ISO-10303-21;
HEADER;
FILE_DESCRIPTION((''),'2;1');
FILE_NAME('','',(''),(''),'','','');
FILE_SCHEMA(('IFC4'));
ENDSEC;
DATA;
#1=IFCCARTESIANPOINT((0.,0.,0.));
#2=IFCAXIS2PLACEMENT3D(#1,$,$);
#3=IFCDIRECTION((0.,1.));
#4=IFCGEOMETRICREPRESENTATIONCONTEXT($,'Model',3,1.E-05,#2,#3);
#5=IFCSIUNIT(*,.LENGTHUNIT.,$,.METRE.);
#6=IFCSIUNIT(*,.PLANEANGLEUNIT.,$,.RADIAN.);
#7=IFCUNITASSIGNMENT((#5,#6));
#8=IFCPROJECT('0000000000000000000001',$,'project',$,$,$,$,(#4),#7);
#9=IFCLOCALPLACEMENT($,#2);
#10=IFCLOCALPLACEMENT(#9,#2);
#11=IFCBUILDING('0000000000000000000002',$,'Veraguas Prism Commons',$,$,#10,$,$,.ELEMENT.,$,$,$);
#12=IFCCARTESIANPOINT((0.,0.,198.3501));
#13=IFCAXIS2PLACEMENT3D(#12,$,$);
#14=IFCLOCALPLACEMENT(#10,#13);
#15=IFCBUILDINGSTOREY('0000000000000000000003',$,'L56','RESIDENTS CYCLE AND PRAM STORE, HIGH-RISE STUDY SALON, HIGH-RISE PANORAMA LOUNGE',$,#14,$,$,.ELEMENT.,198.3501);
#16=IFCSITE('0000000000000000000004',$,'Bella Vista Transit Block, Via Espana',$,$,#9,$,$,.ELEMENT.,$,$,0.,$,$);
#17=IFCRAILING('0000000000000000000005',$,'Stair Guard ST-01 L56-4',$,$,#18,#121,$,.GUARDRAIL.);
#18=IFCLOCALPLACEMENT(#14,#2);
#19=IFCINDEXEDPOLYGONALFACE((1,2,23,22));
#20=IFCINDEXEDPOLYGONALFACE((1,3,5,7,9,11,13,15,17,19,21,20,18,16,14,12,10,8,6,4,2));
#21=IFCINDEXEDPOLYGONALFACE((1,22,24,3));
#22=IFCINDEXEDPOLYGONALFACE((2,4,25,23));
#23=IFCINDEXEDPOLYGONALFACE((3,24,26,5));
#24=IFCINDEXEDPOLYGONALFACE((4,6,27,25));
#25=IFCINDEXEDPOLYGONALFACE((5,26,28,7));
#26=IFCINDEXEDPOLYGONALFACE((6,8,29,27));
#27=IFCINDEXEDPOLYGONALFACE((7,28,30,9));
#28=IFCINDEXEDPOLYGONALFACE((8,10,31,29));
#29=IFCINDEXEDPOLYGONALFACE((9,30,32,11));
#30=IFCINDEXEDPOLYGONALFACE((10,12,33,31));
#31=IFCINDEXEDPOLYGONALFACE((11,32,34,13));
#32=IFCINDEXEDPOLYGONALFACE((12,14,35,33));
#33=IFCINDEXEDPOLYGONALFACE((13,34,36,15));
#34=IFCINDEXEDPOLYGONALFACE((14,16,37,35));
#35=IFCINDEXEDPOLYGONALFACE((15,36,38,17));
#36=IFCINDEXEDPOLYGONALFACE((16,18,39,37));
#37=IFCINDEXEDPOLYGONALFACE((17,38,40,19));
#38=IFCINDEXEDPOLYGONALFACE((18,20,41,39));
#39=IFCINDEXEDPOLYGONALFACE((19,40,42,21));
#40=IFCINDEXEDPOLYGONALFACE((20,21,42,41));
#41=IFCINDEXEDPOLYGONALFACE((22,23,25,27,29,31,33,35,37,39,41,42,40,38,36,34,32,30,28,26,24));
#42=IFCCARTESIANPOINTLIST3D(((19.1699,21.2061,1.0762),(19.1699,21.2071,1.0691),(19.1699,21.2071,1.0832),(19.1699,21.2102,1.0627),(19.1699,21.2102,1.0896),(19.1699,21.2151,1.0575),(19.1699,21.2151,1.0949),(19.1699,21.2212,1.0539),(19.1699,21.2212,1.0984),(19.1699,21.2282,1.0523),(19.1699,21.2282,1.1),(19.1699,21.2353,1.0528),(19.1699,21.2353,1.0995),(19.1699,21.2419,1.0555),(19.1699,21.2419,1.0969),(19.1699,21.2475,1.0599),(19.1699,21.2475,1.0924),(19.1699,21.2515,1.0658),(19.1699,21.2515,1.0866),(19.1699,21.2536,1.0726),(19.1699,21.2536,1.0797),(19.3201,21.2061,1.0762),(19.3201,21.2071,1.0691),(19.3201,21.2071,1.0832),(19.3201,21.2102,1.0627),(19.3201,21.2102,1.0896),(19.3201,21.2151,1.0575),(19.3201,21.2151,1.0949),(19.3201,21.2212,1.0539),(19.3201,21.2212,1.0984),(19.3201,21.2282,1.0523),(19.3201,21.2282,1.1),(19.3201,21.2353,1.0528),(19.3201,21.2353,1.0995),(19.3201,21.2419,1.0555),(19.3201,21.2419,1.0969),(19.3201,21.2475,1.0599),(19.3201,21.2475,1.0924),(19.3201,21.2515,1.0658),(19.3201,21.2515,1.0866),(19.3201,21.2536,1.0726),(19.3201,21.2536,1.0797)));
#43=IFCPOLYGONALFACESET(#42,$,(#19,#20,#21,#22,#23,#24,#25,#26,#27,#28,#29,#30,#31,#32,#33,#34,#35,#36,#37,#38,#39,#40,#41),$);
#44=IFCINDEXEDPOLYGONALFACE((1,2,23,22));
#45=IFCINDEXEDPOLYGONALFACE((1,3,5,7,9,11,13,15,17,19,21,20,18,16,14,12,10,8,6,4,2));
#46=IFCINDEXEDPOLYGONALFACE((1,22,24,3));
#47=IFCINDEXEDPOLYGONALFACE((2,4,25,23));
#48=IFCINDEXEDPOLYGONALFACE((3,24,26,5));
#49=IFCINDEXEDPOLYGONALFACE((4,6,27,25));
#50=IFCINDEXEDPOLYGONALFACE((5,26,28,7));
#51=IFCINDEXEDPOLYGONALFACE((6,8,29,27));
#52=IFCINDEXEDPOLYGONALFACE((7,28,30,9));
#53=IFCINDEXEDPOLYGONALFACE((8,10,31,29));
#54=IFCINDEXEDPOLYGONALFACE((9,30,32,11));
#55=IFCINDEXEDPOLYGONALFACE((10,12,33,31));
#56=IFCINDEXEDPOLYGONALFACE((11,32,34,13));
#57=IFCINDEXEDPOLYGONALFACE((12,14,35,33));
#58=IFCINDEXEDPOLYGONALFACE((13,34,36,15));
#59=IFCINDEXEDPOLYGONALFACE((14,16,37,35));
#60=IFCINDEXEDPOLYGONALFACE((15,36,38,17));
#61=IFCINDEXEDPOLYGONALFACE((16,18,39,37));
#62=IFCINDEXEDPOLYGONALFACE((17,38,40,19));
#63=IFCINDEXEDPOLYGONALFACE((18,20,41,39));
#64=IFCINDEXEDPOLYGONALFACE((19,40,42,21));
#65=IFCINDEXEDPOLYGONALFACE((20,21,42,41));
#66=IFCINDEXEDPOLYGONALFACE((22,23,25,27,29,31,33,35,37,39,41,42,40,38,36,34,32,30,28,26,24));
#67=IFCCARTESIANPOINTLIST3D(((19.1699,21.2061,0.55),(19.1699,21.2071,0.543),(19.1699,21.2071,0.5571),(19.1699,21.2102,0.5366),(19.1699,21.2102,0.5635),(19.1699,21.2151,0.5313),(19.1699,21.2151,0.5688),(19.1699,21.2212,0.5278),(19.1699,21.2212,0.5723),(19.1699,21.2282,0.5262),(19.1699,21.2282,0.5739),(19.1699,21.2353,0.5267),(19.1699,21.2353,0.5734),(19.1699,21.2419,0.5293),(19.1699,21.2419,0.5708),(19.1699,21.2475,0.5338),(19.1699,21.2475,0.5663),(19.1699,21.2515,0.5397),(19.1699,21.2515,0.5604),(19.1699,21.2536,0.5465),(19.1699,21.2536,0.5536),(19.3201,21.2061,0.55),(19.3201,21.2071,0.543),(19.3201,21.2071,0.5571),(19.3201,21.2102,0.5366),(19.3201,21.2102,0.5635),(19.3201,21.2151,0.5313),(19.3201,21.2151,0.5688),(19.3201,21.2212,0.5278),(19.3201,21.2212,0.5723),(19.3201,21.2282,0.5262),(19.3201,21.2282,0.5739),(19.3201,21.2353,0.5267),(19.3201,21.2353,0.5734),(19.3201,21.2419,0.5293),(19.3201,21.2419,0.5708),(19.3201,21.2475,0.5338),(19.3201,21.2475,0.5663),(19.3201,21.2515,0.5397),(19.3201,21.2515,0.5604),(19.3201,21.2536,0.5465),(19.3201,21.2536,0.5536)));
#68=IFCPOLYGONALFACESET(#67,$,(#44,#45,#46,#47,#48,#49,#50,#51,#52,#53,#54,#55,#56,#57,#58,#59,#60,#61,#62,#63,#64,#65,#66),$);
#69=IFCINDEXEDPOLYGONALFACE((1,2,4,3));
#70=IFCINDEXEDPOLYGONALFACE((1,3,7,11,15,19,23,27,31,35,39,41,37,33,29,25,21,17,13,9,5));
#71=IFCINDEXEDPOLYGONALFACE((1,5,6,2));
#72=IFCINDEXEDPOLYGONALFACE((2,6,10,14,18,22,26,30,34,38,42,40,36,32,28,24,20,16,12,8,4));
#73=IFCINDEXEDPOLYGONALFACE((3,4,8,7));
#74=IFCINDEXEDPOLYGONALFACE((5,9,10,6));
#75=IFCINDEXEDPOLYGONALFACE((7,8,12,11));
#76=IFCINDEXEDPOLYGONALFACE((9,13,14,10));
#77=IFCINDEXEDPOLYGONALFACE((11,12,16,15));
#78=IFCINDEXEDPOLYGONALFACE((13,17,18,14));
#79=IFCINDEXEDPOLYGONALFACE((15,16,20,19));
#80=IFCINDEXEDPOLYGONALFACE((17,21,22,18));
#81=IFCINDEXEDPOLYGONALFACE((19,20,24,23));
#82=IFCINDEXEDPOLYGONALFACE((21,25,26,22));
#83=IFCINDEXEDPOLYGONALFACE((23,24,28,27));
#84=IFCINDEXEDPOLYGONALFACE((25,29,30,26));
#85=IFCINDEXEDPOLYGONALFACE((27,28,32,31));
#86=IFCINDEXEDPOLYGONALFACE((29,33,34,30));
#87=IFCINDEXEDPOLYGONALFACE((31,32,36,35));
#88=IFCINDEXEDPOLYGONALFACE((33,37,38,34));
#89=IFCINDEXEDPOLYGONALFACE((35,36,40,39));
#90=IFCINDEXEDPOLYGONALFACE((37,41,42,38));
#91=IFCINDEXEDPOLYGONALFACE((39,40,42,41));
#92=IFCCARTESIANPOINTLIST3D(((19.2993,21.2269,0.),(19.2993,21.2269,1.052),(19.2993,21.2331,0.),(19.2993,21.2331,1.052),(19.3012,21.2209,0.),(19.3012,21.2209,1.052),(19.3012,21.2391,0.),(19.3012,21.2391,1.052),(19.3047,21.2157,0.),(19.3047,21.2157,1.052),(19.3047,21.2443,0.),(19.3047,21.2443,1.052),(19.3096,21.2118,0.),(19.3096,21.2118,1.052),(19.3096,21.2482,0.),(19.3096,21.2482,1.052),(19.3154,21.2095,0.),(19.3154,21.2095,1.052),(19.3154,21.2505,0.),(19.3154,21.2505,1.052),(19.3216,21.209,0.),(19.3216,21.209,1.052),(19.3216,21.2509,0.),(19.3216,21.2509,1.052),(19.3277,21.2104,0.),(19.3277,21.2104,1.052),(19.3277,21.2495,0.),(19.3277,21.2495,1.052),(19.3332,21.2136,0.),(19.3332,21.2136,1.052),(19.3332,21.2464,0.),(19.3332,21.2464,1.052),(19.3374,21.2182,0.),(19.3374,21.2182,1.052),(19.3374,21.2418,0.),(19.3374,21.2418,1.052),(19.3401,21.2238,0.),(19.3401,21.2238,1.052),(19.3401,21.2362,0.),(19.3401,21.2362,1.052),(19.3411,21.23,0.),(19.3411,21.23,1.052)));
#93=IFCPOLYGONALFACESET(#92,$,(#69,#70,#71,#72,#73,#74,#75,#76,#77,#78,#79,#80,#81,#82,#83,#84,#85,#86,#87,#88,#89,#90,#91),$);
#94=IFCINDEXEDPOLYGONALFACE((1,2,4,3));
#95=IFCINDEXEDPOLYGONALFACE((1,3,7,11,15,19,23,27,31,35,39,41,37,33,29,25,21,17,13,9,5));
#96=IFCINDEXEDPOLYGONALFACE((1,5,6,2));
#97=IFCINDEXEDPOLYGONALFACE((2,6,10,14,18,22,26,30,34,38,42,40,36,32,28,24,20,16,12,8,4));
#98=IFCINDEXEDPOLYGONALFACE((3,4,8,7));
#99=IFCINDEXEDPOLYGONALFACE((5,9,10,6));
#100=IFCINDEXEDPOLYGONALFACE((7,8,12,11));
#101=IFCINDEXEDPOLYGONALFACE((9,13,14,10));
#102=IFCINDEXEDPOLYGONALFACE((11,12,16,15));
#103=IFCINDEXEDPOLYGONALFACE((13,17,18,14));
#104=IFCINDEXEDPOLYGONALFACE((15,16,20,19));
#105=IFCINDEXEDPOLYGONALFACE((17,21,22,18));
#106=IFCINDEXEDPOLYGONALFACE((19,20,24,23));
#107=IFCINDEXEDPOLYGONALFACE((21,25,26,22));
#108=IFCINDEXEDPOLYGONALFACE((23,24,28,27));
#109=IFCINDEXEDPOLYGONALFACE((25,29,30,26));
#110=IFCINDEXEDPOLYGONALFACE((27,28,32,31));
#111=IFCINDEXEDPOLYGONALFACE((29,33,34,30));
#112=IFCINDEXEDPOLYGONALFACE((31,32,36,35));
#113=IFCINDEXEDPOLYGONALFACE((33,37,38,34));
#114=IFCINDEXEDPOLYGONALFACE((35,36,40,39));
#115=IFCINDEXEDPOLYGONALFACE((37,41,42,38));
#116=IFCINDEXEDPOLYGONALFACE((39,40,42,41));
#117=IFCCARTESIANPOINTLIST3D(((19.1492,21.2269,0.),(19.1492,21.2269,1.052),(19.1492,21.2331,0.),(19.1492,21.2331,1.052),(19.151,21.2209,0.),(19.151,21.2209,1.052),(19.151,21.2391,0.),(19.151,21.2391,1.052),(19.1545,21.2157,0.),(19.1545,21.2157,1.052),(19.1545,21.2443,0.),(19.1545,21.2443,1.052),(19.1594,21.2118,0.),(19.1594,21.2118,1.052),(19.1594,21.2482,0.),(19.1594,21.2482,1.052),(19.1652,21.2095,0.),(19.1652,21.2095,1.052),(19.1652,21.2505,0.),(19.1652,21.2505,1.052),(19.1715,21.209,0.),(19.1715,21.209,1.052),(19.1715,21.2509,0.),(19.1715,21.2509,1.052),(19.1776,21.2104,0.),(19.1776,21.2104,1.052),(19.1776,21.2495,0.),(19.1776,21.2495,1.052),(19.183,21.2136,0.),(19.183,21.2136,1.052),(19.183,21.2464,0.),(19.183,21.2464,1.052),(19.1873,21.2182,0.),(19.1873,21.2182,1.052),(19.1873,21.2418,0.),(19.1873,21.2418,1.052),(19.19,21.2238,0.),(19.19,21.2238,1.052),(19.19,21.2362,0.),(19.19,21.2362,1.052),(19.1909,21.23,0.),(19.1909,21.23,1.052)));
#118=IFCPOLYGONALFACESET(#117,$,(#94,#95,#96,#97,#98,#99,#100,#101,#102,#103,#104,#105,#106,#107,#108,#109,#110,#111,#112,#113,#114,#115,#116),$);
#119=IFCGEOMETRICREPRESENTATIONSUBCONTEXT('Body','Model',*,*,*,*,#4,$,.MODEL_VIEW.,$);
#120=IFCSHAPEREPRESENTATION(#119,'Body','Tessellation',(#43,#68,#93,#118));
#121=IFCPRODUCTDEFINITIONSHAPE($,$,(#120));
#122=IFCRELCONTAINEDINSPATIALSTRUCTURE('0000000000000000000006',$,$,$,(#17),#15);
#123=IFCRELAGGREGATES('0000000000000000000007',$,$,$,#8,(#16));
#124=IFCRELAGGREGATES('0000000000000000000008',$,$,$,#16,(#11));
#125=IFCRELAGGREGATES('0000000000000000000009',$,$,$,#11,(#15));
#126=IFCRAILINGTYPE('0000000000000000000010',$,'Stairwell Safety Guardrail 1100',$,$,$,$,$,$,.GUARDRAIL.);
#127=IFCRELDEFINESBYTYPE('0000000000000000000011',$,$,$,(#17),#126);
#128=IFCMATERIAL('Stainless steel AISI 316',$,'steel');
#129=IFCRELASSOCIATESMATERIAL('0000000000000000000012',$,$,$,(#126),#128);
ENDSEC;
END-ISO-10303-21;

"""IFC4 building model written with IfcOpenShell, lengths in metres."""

from ifc_helpers import new_model, si_unit, direction, frame, origin, origin_2d, place, context, subcontext, project, spatial, circle, extrude, material, type_object, element, save


model = new_model("IFC4")

# Units and contexts
model_context = context("Model", 3, precision=1e-05, world=origin(), true_north=direction((0.0, 1.0)))
body_context = subcontext(model_context, "Body", "Model", "MODEL_VIEW")
ifc_project = project(units=[si_unit("LENGTHUNIT", "METRE"), si_unit("PLANEANGLEUNIT", "RADIAN")], contexts=[model_context])

# Site, building, storey
site_placement = place(None, origin())
site = spatial("IfcSite", under=ifc_project, at=site_placement, Name="Bella Vista Transit Block, Via Espana", CompositionType="ELEMENT", RefElevation=0.0)
building_placement = place(site_placement, origin())
building = spatial("IfcBuilding", under=site, at=building_placement, Name="Veraguas Prism Commons", CompositionType="ELEMENT")
storey_placement = place(building_placement, frame((0.0, 0.0, 198.3501)))
storey = spatial("IfcBuildingStorey", under=building, at=storey_placement, Name="L56", Description="RESIDENTS CYCLE AND PRAM STORE, HIGH-RISE STUDY SALON, HIGH-RISE PANORAMA LOUNGE", CompositionType="ELEMENT", Elevation=198.3501)

# Railing
ifc_material_1 = material(Name="Stainless steel AISI 316", Category="steel")
railing_type_1 = type_object("IfcRailingType", Name="Stairwell Safety Guardrail 1100", PredefinedType="GUARDRAIL", material=ifc_material_1)
railing_1_placement = place(storey_placement, frame((19.3201, 21.23, 0.0)))
element("IfcRailing", 1, at=railing_1_placement, inside=storey, type_object=railing_type_1, Name="Stair Guard ST-01 L56-4", PredefinedType="GUARDRAIL", context=body_context, shape_type="SweptSolid", body=[
    extrude(circle(Radius=0.0239, at=origin_2d()), frame((0.0, 0.0, 1.0762), z_axis=(-1.0, 0.0, 0.0), x_axis=(0.0, -1.0, 0.0)), (0.0, 0.0, 1.0), 0.1501),
    extrude(circle(Radius=0.0239, at=origin_2d()), frame((0.0, 0.0, 0.55), z_axis=(-1.0, 0.0, 0.0), x_axis=(0.0, -1.0, 0.0)), (0.0, 0.0, 1.0), 0.1501),
    extrude(circle(Radius=0.021, at=origin_2d()), origin(), (0.0, 0.0, 1.0), 1.052),
    extrude(circle(Radius=0.021, at=origin_2d()), frame((-0.1501, 0.0, 0.0)), (0.0, 0.0, 1.0), 1.052),
])

save(model, "model.ifc")
